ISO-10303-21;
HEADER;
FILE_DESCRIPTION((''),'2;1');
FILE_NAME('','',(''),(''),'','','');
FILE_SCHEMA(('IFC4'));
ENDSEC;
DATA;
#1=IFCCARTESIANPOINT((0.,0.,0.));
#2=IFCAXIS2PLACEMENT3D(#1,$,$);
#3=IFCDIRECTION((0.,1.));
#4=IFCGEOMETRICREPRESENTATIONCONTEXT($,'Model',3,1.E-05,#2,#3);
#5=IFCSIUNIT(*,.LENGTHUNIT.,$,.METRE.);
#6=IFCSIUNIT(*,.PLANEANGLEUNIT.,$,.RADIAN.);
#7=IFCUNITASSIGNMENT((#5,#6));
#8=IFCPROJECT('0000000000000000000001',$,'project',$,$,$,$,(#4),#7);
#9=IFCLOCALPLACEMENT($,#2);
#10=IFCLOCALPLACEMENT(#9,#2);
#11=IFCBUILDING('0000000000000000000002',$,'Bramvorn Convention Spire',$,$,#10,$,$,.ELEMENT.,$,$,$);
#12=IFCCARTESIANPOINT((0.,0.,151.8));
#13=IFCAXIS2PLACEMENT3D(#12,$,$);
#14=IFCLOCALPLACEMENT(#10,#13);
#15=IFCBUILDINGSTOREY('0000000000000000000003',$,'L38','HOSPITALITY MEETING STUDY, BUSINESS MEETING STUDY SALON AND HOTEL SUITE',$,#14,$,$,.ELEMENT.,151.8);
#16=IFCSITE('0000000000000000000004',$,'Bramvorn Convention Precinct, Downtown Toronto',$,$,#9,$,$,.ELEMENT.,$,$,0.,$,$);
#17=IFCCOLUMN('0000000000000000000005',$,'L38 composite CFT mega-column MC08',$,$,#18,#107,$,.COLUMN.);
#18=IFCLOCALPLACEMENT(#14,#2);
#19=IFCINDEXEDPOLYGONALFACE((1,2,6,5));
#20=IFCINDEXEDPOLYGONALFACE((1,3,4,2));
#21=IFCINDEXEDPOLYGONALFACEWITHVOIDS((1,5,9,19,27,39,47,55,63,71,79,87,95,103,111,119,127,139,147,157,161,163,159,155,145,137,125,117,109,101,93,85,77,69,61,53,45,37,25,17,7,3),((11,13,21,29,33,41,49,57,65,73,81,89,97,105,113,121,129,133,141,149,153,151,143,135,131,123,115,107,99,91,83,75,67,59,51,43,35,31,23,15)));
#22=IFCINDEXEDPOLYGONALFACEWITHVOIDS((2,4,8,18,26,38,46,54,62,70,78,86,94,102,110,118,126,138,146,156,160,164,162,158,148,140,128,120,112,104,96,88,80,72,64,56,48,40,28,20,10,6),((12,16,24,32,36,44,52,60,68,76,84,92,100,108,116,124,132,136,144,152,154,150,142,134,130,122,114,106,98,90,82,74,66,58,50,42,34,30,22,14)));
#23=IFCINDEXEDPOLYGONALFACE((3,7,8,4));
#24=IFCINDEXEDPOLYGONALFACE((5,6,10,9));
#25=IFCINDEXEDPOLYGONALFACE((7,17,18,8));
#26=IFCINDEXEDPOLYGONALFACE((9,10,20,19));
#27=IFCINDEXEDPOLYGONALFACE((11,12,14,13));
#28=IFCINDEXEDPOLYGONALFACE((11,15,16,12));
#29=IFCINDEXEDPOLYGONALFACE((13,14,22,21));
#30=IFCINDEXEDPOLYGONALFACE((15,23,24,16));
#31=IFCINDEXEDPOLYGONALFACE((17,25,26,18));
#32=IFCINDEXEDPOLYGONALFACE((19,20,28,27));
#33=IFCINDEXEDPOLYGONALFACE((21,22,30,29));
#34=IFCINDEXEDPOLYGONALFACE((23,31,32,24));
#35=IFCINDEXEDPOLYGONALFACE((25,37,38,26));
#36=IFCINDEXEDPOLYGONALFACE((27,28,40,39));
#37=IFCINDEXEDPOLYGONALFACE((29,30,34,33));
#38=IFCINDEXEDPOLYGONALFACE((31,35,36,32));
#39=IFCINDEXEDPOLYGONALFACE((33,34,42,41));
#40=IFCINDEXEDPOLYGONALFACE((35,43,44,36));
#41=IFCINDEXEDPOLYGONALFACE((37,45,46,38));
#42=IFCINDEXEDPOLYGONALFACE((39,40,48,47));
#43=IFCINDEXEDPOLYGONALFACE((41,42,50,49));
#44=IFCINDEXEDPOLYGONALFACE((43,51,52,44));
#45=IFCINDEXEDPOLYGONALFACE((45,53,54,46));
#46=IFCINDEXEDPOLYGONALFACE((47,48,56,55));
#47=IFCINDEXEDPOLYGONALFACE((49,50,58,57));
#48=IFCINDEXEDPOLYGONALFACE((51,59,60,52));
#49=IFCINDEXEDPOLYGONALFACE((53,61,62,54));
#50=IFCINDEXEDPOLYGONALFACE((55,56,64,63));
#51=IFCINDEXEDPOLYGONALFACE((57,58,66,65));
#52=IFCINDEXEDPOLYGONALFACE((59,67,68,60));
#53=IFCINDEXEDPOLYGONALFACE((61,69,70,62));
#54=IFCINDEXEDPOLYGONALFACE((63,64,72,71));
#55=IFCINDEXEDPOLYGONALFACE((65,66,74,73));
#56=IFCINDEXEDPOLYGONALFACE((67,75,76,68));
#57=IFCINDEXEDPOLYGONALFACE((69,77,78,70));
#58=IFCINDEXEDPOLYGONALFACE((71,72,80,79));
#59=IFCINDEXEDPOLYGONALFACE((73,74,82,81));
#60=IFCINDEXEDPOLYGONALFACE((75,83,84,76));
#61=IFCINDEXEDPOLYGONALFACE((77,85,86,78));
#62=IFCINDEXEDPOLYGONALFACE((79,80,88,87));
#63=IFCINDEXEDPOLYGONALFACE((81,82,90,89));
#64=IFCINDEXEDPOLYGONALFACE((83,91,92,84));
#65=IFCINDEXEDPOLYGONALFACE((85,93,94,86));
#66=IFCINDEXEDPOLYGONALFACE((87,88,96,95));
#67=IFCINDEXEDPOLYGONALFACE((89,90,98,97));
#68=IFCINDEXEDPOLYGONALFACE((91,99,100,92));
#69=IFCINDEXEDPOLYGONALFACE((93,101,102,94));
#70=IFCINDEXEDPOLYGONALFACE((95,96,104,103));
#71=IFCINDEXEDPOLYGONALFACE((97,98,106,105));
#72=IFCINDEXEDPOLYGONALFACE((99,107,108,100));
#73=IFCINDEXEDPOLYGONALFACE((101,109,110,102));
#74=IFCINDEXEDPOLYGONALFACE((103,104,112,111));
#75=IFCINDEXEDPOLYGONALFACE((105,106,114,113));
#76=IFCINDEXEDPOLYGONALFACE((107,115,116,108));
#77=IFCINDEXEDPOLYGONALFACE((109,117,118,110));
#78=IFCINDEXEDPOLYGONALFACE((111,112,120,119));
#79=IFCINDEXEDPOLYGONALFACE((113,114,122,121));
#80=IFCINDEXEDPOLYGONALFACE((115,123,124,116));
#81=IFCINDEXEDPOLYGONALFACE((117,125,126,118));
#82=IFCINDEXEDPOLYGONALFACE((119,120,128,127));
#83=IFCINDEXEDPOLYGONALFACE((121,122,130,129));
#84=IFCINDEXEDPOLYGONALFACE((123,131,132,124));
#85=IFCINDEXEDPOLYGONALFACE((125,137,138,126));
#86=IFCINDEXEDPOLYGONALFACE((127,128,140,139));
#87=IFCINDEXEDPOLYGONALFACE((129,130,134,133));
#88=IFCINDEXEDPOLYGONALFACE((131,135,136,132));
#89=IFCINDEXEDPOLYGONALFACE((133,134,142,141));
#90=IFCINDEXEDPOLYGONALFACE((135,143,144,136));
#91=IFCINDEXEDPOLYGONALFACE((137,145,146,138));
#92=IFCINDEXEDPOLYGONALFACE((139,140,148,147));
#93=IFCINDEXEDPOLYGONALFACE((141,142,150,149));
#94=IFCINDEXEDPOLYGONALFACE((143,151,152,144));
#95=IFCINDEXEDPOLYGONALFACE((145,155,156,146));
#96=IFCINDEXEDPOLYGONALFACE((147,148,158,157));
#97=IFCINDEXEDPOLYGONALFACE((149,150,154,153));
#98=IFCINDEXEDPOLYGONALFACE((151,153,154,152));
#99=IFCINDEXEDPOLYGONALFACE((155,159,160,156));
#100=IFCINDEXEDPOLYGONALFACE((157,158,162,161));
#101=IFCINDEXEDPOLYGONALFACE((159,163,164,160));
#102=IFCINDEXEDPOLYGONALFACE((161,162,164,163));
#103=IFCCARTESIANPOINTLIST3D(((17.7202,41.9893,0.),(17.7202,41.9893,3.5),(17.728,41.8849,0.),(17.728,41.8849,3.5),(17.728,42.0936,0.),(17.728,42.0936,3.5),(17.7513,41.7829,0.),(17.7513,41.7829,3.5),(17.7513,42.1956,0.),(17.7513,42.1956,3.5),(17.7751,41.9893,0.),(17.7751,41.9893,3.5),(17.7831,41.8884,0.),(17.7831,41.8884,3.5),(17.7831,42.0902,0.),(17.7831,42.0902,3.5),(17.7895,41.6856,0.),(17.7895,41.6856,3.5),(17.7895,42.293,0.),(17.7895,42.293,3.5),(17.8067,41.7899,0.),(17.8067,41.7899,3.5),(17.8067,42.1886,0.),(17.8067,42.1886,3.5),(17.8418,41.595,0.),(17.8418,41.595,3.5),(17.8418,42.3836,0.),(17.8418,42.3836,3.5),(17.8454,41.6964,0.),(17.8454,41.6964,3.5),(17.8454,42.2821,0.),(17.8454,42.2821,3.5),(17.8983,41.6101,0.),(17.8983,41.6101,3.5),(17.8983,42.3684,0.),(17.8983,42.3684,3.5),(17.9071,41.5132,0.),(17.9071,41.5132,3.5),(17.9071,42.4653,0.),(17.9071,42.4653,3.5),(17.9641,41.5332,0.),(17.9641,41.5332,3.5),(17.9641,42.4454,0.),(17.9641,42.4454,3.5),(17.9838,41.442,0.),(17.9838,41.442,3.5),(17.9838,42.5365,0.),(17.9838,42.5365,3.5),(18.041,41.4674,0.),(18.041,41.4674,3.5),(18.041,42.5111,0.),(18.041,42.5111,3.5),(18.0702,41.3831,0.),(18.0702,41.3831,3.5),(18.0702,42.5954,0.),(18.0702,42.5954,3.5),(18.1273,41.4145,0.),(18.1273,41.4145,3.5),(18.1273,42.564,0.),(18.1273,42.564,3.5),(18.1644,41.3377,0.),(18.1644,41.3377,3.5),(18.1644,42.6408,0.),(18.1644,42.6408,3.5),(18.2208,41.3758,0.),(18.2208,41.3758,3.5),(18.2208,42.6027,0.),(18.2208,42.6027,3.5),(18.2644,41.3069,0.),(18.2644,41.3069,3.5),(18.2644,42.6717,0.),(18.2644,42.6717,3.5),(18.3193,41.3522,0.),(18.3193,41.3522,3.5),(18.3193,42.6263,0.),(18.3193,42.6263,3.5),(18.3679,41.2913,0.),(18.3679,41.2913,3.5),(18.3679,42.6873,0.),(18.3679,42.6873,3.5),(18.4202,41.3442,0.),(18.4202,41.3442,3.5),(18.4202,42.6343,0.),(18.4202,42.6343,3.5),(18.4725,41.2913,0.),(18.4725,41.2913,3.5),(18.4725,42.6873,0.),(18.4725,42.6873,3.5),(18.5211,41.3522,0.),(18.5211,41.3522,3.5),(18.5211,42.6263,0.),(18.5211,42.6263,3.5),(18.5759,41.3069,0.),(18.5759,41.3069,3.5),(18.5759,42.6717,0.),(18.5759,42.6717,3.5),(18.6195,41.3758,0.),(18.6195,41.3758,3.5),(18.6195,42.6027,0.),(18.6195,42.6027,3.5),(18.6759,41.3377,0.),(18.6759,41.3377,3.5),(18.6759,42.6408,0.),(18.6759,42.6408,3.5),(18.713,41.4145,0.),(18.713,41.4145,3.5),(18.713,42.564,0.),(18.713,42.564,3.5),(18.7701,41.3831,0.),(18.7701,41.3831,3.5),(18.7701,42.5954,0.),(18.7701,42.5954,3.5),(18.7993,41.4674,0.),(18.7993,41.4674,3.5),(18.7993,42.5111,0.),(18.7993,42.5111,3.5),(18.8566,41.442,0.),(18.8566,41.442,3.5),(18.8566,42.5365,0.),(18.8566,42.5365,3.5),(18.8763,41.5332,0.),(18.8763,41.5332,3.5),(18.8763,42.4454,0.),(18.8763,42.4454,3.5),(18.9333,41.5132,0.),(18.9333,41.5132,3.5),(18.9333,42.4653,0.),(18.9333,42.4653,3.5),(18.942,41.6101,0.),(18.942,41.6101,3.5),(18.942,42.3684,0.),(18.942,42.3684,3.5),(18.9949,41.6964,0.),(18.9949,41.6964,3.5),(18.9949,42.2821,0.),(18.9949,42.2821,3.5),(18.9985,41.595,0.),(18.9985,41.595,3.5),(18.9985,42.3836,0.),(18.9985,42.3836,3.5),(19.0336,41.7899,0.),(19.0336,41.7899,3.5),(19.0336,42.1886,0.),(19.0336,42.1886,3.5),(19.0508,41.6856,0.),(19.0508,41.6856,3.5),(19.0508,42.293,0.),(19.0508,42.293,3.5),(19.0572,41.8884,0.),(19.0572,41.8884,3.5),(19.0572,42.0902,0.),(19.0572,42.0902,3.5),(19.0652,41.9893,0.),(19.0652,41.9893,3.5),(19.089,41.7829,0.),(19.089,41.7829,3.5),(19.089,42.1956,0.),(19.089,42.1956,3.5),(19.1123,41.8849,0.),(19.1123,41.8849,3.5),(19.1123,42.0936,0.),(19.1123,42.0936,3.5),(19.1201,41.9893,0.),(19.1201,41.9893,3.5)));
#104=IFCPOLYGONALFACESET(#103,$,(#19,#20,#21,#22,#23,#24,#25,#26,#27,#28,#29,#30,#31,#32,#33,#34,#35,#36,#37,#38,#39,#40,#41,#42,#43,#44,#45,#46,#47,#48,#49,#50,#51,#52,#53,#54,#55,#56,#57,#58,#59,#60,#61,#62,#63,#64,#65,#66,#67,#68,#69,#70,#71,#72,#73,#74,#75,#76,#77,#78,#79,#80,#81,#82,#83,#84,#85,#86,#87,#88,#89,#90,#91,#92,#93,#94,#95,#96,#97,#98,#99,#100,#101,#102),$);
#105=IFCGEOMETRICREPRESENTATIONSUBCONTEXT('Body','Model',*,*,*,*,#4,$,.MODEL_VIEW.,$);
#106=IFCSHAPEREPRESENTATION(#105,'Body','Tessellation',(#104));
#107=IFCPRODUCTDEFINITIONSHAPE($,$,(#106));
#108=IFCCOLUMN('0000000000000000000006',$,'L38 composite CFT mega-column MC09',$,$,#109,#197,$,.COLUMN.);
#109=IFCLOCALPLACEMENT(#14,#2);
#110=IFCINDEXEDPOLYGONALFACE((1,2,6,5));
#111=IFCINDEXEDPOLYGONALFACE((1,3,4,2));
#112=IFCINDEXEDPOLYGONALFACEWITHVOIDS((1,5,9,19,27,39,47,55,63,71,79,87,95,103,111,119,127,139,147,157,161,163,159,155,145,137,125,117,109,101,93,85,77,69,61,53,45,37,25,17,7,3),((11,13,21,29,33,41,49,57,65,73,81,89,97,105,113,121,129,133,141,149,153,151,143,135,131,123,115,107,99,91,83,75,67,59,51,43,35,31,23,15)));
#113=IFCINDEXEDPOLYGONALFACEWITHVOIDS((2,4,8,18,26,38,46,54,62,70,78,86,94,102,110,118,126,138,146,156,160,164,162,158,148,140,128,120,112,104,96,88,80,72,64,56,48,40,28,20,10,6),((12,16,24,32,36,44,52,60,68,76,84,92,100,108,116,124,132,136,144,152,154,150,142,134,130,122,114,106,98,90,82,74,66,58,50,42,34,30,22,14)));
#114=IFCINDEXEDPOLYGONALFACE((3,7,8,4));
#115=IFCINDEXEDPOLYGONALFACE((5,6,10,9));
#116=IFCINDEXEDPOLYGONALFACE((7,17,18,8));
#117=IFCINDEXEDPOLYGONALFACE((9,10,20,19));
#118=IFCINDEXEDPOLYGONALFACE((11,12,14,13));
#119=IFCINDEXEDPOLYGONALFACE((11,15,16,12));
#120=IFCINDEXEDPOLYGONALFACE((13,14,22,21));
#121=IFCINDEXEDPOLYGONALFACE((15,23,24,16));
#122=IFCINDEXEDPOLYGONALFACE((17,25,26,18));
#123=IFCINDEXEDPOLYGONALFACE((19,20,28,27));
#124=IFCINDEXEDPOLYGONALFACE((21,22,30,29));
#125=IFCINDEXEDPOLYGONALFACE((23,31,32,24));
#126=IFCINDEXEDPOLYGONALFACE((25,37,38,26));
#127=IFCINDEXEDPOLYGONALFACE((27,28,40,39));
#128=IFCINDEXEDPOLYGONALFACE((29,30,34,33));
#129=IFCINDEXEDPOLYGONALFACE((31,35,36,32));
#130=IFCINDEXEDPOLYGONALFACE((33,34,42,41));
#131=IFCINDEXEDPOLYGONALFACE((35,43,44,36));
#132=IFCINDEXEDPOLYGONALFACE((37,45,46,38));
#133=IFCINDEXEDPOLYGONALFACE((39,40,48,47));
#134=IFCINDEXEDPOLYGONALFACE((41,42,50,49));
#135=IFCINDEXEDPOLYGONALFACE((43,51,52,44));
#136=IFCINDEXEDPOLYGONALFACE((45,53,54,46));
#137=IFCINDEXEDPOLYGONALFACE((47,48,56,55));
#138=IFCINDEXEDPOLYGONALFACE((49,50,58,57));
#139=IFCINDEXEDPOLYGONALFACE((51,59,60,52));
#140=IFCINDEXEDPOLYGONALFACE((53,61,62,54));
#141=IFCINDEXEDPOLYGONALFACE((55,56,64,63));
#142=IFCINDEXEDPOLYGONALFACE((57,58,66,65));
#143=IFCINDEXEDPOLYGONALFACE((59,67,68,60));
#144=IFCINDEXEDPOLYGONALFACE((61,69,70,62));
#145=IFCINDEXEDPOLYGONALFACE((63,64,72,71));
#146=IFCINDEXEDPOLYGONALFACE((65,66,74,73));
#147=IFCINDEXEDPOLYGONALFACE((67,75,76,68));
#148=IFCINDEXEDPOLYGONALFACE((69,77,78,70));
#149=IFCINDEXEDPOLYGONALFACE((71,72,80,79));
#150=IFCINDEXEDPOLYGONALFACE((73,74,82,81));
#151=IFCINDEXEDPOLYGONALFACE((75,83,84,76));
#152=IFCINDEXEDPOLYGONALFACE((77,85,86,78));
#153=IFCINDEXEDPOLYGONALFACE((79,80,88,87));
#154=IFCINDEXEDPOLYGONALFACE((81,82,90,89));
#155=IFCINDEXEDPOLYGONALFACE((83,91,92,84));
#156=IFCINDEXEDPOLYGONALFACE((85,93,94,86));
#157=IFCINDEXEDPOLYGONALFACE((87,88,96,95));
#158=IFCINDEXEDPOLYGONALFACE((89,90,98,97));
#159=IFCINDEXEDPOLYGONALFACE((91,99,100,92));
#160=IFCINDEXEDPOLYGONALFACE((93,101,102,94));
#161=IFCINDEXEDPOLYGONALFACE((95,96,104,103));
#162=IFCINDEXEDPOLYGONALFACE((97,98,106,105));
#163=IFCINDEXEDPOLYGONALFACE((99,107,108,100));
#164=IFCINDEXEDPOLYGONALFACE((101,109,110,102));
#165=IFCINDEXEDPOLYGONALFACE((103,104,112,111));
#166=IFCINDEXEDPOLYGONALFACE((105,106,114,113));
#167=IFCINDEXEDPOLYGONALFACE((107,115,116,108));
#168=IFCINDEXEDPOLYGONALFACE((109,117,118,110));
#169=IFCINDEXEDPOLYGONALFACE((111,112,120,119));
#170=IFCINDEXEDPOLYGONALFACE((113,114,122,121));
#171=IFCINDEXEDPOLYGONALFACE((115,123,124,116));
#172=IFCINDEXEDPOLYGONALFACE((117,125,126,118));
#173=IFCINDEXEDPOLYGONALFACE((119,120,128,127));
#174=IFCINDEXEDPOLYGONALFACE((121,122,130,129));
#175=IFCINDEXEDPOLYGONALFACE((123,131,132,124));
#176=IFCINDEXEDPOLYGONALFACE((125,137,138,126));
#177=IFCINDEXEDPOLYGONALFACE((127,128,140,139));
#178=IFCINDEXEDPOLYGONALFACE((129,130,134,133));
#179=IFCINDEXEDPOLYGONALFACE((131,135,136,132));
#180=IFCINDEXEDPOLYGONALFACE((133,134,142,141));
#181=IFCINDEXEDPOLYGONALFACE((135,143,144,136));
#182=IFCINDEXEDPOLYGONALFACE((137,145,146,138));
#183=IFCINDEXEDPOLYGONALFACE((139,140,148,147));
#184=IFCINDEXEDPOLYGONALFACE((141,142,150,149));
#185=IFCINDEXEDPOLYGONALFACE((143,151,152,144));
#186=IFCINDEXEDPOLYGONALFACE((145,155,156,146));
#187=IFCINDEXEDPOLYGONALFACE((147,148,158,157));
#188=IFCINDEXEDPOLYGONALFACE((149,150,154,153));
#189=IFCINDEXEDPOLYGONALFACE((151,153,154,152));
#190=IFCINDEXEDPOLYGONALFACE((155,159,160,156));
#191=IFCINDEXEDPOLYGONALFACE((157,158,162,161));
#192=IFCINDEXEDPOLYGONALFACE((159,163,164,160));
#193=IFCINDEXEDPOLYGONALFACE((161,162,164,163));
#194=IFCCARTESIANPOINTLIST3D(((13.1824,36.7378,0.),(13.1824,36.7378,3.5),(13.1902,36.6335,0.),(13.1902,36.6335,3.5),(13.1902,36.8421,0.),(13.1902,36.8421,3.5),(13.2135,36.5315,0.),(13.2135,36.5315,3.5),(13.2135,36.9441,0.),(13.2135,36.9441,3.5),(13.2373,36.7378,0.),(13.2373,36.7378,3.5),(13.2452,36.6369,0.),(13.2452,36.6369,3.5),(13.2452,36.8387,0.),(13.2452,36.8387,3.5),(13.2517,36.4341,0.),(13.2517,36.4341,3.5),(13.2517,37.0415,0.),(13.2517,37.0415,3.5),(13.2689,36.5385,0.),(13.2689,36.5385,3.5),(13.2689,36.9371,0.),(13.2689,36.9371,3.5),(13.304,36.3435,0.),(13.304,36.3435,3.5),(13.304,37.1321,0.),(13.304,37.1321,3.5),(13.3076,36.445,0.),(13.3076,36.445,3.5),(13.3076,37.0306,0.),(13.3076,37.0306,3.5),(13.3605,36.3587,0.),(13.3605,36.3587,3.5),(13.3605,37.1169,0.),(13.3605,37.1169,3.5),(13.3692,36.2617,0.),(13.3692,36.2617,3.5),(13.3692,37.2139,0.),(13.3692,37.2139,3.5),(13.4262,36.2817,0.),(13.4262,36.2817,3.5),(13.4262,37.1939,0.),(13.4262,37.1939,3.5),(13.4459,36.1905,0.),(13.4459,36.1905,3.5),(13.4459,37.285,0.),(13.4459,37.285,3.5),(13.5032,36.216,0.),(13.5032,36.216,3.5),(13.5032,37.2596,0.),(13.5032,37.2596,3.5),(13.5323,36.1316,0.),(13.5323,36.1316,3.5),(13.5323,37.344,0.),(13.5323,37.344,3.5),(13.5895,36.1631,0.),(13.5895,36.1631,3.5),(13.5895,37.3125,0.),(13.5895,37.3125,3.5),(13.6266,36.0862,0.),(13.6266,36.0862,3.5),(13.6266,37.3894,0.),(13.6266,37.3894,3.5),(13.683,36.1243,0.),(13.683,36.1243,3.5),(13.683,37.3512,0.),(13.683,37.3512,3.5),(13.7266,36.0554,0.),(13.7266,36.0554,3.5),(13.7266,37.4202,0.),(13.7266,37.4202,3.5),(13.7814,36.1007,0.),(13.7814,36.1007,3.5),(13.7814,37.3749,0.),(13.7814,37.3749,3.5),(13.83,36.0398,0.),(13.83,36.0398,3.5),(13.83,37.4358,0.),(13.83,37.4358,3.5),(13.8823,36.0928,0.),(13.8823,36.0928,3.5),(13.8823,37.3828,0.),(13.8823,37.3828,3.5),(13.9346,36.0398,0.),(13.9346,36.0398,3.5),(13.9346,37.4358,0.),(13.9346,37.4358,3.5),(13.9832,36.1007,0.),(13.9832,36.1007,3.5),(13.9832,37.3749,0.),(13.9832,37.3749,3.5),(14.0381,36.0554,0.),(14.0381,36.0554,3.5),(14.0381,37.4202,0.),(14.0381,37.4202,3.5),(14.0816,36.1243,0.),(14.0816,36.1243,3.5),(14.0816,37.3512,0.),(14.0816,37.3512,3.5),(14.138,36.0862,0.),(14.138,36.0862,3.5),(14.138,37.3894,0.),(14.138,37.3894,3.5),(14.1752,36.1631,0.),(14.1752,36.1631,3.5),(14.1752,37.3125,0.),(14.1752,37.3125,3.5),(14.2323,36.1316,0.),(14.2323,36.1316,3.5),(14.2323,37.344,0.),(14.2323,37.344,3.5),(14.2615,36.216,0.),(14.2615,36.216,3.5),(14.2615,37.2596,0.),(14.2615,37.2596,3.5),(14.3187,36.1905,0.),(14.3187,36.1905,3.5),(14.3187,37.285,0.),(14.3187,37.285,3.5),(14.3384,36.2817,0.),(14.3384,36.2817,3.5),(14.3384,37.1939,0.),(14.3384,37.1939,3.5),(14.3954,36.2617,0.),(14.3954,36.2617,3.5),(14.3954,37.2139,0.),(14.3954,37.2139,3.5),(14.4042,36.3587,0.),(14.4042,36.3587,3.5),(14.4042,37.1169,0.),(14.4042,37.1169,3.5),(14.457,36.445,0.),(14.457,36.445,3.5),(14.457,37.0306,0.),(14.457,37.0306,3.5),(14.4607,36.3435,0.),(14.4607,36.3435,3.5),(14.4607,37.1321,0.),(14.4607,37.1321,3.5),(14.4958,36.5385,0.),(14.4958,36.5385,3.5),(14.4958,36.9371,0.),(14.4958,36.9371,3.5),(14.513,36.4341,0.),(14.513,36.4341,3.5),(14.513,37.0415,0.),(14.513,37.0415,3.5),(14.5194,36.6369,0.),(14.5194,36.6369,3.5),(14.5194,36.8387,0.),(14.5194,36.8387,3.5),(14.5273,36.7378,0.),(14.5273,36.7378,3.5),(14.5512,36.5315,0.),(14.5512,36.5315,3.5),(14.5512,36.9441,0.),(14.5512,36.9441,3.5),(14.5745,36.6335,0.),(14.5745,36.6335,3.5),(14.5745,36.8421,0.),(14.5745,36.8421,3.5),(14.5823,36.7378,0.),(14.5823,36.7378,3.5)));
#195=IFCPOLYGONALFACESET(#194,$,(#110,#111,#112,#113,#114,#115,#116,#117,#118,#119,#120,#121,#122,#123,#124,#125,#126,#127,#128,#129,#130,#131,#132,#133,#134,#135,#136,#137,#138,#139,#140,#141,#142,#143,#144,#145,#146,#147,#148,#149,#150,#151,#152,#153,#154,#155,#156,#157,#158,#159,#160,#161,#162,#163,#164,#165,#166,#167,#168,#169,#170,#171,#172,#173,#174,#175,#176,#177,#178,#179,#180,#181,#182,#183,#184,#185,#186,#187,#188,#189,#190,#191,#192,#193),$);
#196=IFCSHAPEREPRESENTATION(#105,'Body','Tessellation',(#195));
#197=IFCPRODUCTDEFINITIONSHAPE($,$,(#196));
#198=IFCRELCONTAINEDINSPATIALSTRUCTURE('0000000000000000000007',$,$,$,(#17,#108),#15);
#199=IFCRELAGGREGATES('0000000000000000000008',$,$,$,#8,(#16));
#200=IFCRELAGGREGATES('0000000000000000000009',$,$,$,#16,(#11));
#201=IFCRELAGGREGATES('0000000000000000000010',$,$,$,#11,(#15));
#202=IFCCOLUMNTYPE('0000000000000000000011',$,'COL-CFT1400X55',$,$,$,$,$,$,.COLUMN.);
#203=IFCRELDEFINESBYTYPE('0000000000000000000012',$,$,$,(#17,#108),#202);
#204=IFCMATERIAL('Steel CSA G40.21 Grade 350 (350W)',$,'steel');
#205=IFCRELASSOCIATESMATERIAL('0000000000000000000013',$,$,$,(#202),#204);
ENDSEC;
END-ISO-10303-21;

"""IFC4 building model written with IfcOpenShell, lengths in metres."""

from ifc_helpers import new_model, si_unit, direction, frame, origin, origin_2d, place, context, subcontext, project, spatial, hollow_circle, extrude, material, material_profile, profile_set, type_object, element, save


model = new_model("IFC4")

# Units and contexts
model_context = context("Model", 3, precision=1e-05, world=origin(), true_north=direction((0.0, 1.0)))
body_context = subcontext(model_context, "Body", "Model", "MODEL_VIEW")
ifc_project = project(units=[si_unit("LENGTHUNIT", "METRE"), si_unit("PLANEANGLEUNIT", "RADIAN")], contexts=[model_context])

# Site, building, storey
site_placement = place(None, origin())
site = spatial("IfcSite", under=ifc_project, at=site_placement, Name="Bramvorn Convention Precinct, Downtown Toronto", CompositionType="ELEMENT", RefElevation=0.0)
building_placement = place(site_placement, origin())
building = spatial("IfcBuilding", under=site, at=building_placement, Name="Bramvorn Convention Spire", CompositionType="ELEMENT")
storey_placement = place(building_placement, frame((0.0, 0.0, 151.8)))
storey = spatial("IfcBuildingStorey", under=building, at=storey_placement, Name="L38", Description="HOSPITALITY MEETING STUDY, BUSINESS MEETING STUDY SALON AND HOTEL SUITE", CompositionType="ELEMENT", Elevation=151.8)

# Columns
ifc_material_1 = material(Name="Steel CSA G40.21 Grade 350 (350W)", Category="steel")
ifc_material_profile_1 = material_profile(ifc_material_1, hollow_circle(Radius=0.7, WallThickness=0.0549, at=origin_2d()))
ifc_profile_set_1 = profile_set([ifc_material_profile_1], Name="Steel CSA G40.21 Grade 350 (350W) - CFT1400X55")
column_type = type_object("IfcColumnType", Name="COL-CFT1400X55", PredefinedType="COLUMN", material=ifc_profile_set_1)
for number, where, z_axis, x_axis, name in (
    (1, (18.4202, 41.9893, 0.0), (0.0, 0.0, 1.0), (1.0, 0.0, 0.0), "L38 composite CFT mega-column MC08"),
    (2, (13.8823, 36.7378, 0.0), (0.0, 0.0, 1.0), (1.0, 0.0, 0.0), "L38 composite CFT mega-column MC09"),
):
    element("IfcColumn", number, at=place(storey_placement, frame(where, z_axis=z_axis, x_axis=x_axis)), inside=storey, type_object=column_type, Name=name, PredefinedType="COLUMN", context=body_context, shape_type="SweptSolid", body=[
        extrude(hollow_circle(Radius=0.7, WallThickness=0.0549, at=origin_2d()), origin(), (0.0, 0.0, 1.0), 3.5),
    ])

save(model, "model.ifc")
